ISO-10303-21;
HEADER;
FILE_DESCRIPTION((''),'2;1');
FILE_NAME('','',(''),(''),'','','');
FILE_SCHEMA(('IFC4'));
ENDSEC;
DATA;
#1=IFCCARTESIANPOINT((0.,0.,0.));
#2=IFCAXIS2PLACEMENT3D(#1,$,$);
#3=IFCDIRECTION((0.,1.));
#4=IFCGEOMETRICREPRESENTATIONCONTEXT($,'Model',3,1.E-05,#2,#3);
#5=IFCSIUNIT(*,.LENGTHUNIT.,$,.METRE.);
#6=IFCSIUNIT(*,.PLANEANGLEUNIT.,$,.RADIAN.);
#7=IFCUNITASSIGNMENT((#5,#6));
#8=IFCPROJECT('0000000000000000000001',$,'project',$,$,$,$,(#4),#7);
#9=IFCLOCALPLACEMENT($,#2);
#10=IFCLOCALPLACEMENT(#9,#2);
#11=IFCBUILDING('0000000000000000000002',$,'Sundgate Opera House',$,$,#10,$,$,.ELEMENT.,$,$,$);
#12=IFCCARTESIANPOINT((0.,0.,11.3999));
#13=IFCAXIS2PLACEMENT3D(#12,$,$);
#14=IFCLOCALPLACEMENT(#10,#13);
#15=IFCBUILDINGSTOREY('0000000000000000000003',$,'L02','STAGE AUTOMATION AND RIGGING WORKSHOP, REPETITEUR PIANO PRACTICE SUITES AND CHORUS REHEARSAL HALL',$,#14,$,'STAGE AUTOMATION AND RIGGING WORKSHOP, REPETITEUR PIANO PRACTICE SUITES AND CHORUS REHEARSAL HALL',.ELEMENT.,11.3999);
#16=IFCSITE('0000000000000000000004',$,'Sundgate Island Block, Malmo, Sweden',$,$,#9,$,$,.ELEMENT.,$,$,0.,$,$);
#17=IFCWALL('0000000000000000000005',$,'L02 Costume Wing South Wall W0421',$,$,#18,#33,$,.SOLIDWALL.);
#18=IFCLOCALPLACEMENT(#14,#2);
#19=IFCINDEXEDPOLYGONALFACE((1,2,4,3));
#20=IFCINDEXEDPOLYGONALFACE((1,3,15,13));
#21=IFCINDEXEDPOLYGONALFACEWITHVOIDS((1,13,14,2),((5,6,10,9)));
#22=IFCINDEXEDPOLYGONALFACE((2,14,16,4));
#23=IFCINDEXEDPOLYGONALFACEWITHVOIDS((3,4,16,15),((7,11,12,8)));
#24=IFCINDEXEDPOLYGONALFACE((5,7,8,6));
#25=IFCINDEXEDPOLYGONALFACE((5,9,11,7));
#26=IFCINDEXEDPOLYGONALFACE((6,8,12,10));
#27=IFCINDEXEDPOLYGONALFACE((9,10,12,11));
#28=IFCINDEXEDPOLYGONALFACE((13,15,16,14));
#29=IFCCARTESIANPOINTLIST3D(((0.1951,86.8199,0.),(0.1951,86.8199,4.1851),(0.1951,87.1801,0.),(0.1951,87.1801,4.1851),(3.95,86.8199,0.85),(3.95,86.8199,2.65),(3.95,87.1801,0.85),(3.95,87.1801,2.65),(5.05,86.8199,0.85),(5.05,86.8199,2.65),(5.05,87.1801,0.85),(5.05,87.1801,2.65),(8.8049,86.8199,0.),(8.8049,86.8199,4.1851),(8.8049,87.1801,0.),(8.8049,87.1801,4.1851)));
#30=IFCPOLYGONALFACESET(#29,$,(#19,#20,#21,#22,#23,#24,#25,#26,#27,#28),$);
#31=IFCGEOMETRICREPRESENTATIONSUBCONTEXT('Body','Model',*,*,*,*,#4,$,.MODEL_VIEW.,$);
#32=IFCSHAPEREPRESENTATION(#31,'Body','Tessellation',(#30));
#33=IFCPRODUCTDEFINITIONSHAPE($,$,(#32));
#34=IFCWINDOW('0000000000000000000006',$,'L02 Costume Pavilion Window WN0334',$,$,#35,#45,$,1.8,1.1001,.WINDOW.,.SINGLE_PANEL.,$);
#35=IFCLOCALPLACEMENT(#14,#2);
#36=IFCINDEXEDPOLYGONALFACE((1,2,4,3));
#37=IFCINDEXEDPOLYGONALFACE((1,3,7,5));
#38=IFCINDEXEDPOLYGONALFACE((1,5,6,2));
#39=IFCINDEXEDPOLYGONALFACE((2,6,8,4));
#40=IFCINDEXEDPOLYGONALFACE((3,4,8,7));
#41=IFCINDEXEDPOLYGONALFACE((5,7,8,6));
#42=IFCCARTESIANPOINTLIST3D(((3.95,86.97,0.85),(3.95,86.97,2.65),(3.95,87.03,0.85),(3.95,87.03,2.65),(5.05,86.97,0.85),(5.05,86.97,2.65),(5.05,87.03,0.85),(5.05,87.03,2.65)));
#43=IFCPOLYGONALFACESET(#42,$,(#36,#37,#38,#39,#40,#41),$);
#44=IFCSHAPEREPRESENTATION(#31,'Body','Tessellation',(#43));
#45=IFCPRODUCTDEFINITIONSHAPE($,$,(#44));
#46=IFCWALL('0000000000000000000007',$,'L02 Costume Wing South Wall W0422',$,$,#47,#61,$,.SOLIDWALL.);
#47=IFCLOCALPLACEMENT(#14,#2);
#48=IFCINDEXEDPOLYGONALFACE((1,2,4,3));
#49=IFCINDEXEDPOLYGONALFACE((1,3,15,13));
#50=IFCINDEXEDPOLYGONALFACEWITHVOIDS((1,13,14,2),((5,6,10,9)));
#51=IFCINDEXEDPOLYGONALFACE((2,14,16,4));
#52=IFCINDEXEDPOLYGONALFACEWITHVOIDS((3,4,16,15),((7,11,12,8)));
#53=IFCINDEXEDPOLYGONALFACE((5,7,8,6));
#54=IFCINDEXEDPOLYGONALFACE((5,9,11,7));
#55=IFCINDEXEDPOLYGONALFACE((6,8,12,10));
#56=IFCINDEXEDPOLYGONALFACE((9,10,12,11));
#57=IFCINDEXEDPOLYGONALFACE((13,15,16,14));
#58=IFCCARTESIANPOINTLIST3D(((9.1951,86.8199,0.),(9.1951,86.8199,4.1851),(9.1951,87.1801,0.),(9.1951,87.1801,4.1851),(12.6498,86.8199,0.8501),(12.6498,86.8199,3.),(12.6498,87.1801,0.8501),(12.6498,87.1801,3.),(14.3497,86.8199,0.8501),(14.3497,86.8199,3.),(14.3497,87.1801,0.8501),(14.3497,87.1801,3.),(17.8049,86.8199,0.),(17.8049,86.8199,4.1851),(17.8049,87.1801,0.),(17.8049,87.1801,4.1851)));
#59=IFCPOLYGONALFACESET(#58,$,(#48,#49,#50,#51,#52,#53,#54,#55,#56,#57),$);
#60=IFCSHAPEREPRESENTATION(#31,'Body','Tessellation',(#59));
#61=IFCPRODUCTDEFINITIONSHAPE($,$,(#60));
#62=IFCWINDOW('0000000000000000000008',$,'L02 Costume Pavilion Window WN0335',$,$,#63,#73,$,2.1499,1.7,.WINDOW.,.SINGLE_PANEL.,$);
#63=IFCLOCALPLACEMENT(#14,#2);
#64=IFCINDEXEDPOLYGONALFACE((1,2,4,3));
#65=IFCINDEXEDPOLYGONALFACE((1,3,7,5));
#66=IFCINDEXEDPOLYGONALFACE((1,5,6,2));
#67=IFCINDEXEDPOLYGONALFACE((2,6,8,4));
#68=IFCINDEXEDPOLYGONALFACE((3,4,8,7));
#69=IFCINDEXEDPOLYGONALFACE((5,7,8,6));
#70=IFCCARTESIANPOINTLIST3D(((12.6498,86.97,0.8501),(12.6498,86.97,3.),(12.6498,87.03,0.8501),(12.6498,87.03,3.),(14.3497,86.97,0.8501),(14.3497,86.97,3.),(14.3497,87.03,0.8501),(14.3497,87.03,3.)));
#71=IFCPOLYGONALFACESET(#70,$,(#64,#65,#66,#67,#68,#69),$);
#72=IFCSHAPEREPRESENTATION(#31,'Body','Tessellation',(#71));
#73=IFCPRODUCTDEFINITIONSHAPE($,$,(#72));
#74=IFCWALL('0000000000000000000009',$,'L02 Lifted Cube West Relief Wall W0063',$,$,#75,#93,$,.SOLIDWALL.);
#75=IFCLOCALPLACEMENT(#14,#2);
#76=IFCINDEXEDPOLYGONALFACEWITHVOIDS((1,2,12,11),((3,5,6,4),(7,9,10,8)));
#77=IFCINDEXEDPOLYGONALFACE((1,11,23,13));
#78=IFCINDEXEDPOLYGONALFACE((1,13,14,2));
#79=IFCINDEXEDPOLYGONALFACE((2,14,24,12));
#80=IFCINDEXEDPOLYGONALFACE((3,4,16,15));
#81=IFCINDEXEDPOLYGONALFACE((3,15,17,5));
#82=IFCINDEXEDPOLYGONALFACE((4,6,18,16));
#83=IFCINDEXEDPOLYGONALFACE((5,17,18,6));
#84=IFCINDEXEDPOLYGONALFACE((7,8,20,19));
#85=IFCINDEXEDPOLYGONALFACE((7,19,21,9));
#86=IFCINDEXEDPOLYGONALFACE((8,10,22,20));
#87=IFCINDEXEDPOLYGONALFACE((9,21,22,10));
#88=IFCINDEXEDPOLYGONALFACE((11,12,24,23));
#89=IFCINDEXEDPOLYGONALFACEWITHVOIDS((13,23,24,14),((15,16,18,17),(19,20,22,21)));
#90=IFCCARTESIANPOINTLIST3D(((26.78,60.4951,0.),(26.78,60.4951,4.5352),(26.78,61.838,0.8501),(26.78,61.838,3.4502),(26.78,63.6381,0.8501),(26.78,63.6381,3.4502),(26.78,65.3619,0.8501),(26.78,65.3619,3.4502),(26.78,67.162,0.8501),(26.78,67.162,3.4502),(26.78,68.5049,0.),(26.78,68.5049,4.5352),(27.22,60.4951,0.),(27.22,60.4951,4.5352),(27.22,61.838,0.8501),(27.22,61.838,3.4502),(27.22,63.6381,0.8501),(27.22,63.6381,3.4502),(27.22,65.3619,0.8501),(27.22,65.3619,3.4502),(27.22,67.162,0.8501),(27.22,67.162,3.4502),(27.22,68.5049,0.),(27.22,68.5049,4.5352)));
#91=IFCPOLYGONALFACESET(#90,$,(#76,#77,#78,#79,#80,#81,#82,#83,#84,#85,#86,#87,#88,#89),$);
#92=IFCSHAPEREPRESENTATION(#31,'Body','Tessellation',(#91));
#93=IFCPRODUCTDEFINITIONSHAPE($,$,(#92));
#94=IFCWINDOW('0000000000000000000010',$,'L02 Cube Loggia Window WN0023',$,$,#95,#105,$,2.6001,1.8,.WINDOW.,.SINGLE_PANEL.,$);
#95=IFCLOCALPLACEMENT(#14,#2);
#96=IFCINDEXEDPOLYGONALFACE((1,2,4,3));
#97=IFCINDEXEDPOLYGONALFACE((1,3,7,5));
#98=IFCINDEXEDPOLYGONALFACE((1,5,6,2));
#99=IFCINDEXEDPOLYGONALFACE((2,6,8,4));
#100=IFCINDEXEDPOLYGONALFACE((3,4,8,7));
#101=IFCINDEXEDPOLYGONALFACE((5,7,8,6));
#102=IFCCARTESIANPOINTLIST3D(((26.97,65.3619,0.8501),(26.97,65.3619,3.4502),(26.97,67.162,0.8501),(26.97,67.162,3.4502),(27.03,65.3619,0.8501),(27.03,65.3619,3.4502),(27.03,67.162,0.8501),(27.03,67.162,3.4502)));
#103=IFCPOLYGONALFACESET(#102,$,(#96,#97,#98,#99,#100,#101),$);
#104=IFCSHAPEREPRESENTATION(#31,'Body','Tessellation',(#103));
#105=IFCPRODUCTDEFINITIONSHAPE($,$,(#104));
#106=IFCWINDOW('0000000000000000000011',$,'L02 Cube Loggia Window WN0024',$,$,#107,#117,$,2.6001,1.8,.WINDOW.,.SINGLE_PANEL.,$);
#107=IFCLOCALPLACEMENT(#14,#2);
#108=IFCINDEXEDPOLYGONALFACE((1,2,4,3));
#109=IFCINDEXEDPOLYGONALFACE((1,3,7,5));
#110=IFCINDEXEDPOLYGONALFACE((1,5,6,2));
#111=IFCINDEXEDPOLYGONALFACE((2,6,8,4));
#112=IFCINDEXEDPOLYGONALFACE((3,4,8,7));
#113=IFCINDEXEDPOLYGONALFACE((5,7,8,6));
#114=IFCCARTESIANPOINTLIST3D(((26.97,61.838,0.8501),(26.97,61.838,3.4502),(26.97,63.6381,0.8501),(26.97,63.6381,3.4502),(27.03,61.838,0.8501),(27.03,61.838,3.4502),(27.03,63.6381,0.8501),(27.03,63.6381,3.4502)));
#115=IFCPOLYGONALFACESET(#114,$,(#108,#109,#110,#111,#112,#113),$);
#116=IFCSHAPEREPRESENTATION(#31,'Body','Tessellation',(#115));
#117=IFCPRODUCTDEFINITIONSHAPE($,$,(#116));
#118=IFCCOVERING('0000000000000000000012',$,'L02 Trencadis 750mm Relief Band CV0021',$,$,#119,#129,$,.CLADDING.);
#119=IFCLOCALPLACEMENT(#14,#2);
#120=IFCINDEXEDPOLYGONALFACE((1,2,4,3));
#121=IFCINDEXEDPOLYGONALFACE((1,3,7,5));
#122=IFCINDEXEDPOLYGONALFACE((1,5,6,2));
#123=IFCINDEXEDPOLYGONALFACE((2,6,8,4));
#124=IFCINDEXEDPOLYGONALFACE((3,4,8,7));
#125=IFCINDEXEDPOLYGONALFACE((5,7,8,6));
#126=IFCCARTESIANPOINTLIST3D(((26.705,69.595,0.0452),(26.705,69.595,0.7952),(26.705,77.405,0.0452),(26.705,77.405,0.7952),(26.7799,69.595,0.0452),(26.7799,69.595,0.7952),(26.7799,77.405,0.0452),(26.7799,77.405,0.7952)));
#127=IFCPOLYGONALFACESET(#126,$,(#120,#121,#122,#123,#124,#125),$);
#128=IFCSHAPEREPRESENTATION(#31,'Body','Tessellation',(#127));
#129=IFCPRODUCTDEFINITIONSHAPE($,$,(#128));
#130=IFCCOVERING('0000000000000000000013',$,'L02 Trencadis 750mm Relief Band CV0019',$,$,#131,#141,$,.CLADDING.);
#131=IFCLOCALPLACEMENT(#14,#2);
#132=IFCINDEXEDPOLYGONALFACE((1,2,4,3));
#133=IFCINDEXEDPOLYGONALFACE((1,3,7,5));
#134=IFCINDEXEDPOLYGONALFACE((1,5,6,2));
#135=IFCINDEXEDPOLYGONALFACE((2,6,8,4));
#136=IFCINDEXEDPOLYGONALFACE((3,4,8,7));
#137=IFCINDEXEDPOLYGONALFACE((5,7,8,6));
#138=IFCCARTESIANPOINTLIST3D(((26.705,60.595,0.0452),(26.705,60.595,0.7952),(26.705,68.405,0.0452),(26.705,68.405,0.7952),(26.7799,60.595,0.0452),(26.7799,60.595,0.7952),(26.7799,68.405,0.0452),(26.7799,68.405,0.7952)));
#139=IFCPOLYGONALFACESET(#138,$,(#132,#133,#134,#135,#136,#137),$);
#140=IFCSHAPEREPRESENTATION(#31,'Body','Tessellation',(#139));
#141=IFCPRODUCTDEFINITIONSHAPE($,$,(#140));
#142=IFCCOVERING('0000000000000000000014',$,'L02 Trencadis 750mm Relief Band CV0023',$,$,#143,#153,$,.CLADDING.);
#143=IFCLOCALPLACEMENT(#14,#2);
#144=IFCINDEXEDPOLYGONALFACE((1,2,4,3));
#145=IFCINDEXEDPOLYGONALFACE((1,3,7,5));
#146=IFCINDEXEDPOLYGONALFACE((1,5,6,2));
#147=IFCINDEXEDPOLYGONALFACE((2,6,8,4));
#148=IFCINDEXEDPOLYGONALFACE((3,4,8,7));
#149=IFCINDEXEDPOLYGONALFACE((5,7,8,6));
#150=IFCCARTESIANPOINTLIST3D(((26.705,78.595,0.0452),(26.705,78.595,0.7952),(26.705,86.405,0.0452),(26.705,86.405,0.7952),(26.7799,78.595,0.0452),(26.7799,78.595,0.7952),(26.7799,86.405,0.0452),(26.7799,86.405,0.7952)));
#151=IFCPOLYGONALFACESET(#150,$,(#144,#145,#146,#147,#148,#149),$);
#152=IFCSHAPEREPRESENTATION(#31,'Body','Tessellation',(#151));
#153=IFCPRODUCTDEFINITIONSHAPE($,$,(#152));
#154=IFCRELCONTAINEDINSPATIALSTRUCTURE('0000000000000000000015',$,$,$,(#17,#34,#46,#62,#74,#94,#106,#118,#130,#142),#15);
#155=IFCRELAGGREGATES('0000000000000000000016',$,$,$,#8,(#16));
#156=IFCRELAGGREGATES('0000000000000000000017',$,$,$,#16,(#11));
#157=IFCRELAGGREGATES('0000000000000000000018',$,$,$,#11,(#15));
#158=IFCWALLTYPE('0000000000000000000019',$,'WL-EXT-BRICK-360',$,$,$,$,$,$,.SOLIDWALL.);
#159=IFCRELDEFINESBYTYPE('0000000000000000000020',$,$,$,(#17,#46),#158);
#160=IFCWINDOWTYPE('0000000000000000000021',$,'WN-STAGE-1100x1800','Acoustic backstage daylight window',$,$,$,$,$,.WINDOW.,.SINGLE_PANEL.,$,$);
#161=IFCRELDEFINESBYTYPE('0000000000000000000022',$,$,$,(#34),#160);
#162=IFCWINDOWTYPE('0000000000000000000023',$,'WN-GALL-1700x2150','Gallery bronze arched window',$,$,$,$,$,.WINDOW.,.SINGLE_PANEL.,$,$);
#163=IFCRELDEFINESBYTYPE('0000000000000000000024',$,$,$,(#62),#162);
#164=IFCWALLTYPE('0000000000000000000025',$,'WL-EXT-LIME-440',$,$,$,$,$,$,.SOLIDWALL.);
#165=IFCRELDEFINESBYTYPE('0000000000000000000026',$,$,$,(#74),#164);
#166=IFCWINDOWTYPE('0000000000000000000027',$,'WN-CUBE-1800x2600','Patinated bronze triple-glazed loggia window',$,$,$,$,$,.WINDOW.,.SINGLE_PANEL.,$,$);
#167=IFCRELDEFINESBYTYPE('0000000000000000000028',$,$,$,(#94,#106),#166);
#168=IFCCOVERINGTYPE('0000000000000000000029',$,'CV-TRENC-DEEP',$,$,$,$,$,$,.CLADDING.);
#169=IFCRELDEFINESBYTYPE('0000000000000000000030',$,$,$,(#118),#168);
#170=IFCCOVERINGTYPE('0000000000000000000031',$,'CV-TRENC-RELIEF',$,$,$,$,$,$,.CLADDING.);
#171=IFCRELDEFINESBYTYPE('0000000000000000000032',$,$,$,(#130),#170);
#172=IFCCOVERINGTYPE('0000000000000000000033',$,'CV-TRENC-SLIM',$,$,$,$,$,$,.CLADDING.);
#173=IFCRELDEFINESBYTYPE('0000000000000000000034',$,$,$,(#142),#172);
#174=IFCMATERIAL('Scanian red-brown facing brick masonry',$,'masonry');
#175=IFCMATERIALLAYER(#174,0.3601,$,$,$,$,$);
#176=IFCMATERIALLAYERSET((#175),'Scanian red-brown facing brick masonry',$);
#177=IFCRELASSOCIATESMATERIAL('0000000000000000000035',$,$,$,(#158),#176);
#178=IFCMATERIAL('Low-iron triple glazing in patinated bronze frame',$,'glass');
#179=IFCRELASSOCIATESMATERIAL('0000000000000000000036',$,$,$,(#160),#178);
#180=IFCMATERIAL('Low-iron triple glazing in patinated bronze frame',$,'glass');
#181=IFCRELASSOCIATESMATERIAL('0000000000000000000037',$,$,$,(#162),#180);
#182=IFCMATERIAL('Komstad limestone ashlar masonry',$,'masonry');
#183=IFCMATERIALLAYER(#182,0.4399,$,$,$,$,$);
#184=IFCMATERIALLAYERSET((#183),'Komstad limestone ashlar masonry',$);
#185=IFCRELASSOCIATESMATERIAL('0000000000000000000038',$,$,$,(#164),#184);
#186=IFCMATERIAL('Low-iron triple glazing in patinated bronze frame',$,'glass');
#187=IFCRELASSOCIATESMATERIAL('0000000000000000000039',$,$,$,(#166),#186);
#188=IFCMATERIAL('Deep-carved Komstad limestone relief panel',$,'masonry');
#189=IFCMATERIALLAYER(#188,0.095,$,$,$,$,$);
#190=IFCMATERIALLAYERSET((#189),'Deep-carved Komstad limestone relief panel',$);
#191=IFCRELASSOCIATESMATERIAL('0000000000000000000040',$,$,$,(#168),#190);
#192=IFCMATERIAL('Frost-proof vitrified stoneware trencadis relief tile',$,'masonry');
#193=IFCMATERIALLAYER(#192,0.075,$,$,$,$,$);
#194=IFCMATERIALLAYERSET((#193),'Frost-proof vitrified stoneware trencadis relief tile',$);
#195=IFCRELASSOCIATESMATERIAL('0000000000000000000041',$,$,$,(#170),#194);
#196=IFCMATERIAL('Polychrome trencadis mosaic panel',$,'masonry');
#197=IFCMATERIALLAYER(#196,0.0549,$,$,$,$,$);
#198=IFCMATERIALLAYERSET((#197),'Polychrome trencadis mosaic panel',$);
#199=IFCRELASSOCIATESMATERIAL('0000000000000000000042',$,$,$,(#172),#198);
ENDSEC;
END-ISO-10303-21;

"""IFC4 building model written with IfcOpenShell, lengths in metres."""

from ifc_helpers import new_model, si_unit, direction, frame, frame_2d, origin, origin_2d, place, context, subcontext, project, spatial, rectangle, extrude, material, layer, layer_set, type_object, element, fill, save


model = new_model("IFC4")

# Units and contexts
model_context = context("Model", 3, precision=1e-05, world=origin(), true_north=direction((0.0, 1.0)))
body_context = subcontext(model_context, "Body", "Model", "MODEL_VIEW")
ifc_project = project(units=[si_unit("LENGTHUNIT", "METRE"), si_unit("PLANEANGLEUNIT", "RADIAN")], contexts=[model_context])

# Site, building, storey
site_placement = place(None, origin())
site = spatial("IfcSite", under=ifc_project, at=site_placement, Name="Sundgate Island Block, Malmo, Sweden", CompositionType="ELEMENT", RefElevation=0.0)
building_placement = place(site_placement, origin())
building = spatial("IfcBuilding", under=site, at=building_placement, Name="Sundgate Opera House", CompositionType="ELEMENT")
storey_placement = place(building_placement, frame((0.0, 0.0, 11.3999)))
storey = spatial("IfcBuildingStorey", under=building, at=storey_placement, Name="L02", Description="STAGE AUTOMATION AND RIGGING WORKSHOP, REPETITEUR PIANO PRACTICE SUITES AND CHORUS REHEARSAL HALL", LongName="STAGE AUTOMATION AND RIGGING WORKSHOP, REPETITEUR PIANO PRACTICE SUITES AND CHORUS REHEARSAL HALL", CompositionType="ELEMENT", Elevation=11.3999)

# Walls, openings, windows
ifc_material_1 = material(Name="Scanian red-brown facing brick masonry", Category="masonry")
ifc_layer_1 = layer(ifc_material_1, 0.3601)
ifc_layer_set_1 = layer_set([ifc_layer_1], Name="Scanian red-brown facing brick masonry")
wall_type_1 = type_object("IfcWallType", Name="WL-EXT-BRICK-360", PredefinedType="SOLIDWALL", material=ifc_layer_set_1)
wall_1_placement = place(storey_placement, frame((8.8049, 87.0, 0.0), z_axis=(0.0, 0.0, 1.0), x_axis=(-1.0, 0.0, 0.0)))
wall_1 = element("IfcWall", 1, at=wall_1_placement, inside=storey, type_object=wall_type_1, Name="L02 Costume Wing South Wall W0421", PredefinedType="SOLIDWALL", context=body_context, shape_type="SweptSolid", body=[
    extrude(rectangle(XDim=8.6099, YDim=0.3601, at=frame_2d((4.3049, 0.0))), origin(), (0.0, 0.0, 1.0), 4.1851),
])
opening_1_placement = place(wall_1_placement, frame((3.7549, 0.0, 0.8501)))
opening_1 = element("IfcOpeningElement", 2, at=opening_1_placement, cuts=wall_1, PredefinedType="OPENING", context=body_context, shape_type="SweptSolid", body=[
    extrude(rectangle(XDim=1.1001, YDim=1.8, at=frame_2d((0.55, 0.8999))), frame((0.0, 0.1899, 0.0), z_axis=(0.0, -1.0, 0.0), x_axis=(1.0, 0.0, 0.0)), (0.0, 0.0, 1.0), 0.3801),
])
ifc_material_2 = material(Name="Low-iron triple glazing in patinated bronze frame", Category="glass")
window_type_1 = type_object("IfcWindowType", Name="WN-STAGE-1100x1800", Description="Acoustic backstage daylight window", PartitioningType="SINGLE_PANEL", PredefinedType="WINDOW", material=ifc_material_2)
window_1_placement = place(opening_1_placement, origin())
window_1 = element("IfcWindow", 3, at=window_1_placement, inside=storey, type_object=window_type_1, Name="L02 Costume Pavilion Window WN0334", OverallHeight=1.8, OverallWidth=1.1001, PartitioningType="SINGLE_PANEL", PredefinedType="WINDOW", context=body_context, shape_type="SweptSolid", body=[
    extrude(rectangle(XDim=1.1001, YDim=1.8, at=frame_2d((0.55, 0.8999))), frame((0.0, 0.03, 0.0), z_axis=(0.0, -1.0, 0.0), x_axis=(1.0, 0.0, 0.0)), (0.0, 0.0, 1.0), 0.0601),
])
fill(opening_1, window_1)
wall_2_placement = place(storey_placement, frame((17.8049, 87.0, 0.0), z_axis=(0.0, 0.0, 1.0), x_axis=(-1.0, 0.0, 0.0)))
wall_2 = element("IfcWall", 4, at=wall_2_placement, inside=storey, type_object=wall_type_1, Name="L02 Costume Wing South Wall W0422", PredefinedType="SOLIDWALL", context=body_context, shape_type="SweptSolid", body=[
    extrude(rectangle(XDim=8.6099, YDim=0.3601, at=frame_2d((4.3049, 0.0))), origin(), (0.0, 0.0, 1.0), 4.1851),
])
opening_2_placement = place(wall_2_placement, frame((3.4551, 0.0, 0.8501)))
opening_2 = element("IfcOpeningElement", 5, at=opening_2_placement, cuts=wall_2, PredefinedType="OPENING", context=body_context, shape_type="SweptSolid", body=[
    extrude(rectangle(XDim=1.7, YDim=2.1499, at=frame_2d((0.8501, 1.075))), frame((0.0, 0.1899, 0.0), z_axis=(0.0, -1.0, 0.0), x_axis=(1.0, 0.0, 0.0)), (0.0, 0.0, 1.0), 0.3801),
])
ifc_material_3 = material(Name="Low-iron triple glazing in patinated bronze frame", Category="glass")
window_type_2 = type_object("IfcWindowType", Name="WN-GALL-1700x2150", Description="Gallery bronze arched window", PartitioningType="SINGLE_PANEL", PredefinedType="WINDOW", material=ifc_material_3)
window_2_placement = place(opening_2_placement, origin())
window_2 = element("IfcWindow", 6, at=window_2_placement, inside=storey, type_object=window_type_2, Name="L02 Costume Pavilion Window WN0335", OverallHeight=2.1499, OverallWidth=1.7, PartitioningType="SINGLE_PANEL", PredefinedType="WINDOW", context=body_context, shape_type="SweptSolid", body=[
    extrude(rectangle(XDim=1.7, YDim=2.1499, at=frame_2d((0.8501, 1.075))), frame((0.0, 0.03, 0.0), z_axis=(0.0, -1.0, 0.0), x_axis=(1.0, 0.0, 0.0)), (0.0, 0.0, 1.0), 0.0601),
])
fill(opening_2, window_2)

# Wall, openings, windows
ifc_material_4 = material(Name="Komstad limestone ashlar masonry", Category="masonry")
ifc_layer_2 = layer(ifc_material_4, 0.4399)
ifc_layer_set_2 = layer_set([ifc_layer_2], Name="Komstad limestone ashlar masonry")
wall_type_2 = type_object("IfcWallType", Name="WL-EXT-LIME-440", PredefinedType="SOLIDWALL", material=ifc_layer_set_2)
wall_3_placement = place(storey_placement, frame((27.0, 68.5049, 0.0), z_axis=(0.0, 0.0, 1.0), x_axis=(0.0, -1.0, 0.0)))
wall_3 = element("IfcWall", 7, at=wall_3_placement, inside=storey, type_object=wall_type_2, Name="L02 Lifted Cube West Relief Wall W0063", PredefinedType="SOLIDWALL", context=body_context, shape_type="SweptSolid", body=[
    extrude(rectangle(XDim=8.0098, YDim=0.4399, at=frame_2d((4.0049, 0.0))), origin(), (0.0, 0.0, 1.0), 4.5352),
])
opening_3_placement = place(wall_3_placement, frame((1.343, 0.0, 0.8501)))
opening_3 = element("IfcOpeningElement", 8, at=opening_3_placement, cuts=wall_3, PredefinedType="OPENING", context=body_context, shape_type="SweptSolid", body=[
    extrude(rectangle(XDim=1.8, YDim=2.6001, at=frame_2d((0.8999, 1.3))), frame((0.0, 0.23, 0.0), z_axis=(0.0, -1.0, 0.0), x_axis=(1.0, 0.0, 0.0)), (0.0, 0.0, 1.0), 0.46),
])
opening_4_placement = place(wall_3_placement, frame((4.8669, 0.0, 0.8501)))
opening_4 = element("IfcOpeningElement", 9, at=opening_4_placement, cuts=wall_3, PredefinedType="OPENING", context=body_context, shape_type="SweptSolid", body=[
    extrude(rectangle(XDim=1.8, YDim=2.6001, at=frame_2d((0.8999, 1.3))), frame((0.0, 0.23, 0.0), z_axis=(0.0, -1.0, 0.0), x_axis=(1.0, 0.0, 0.0)), (0.0, 0.0, 1.0), 0.46),
])
ifc_material_5 = material(Name="Low-iron triple glazing in patinated bronze frame", Category="glass")
window_type_3 = type_object("IfcWindowType", Name="WN-CUBE-1800x2600", Description="Patinated bronze triple-glazed loggia window", PartitioningType="SINGLE_PANEL", PredefinedType="WINDOW", material=ifc_material_5)
window_3_placement = place(opening_3_placement, origin())
window_3 = element("IfcWindow", 10, at=window_3_placement, inside=storey, type_object=window_type_3, Name="L02 Cube Loggia Window WN0023", OverallHeight=2.6001, OverallWidth=1.8, PartitioningType="SINGLE_PANEL", PredefinedType="WINDOW", context=body_context, shape_type="SweptSolid", body=[
    extrude(rectangle(XDim=1.8, YDim=2.6001, at=frame_2d((0.8999, 1.3))), frame((0.0, 0.03, 0.0), z_axis=(0.0, -1.0, 0.0), x_axis=(1.0, 0.0, 0.0)), (0.0, 0.0, 1.0), 0.0601),
])
fill(opening_3, window_3)
window_4_placement = place(opening_4_placement, origin())
window_4 = element("IfcWindow", 11, at=window_4_placement, inside=storey, type_object=window_type_3, Name="L02 Cube Loggia Window WN0024", OverallHeight=2.6001, OverallWidth=1.8, PartitioningType="SINGLE_PANEL", PredefinedType="WINDOW", context=body_context, shape_type="SweptSolid", body=[
    extrude(rectangle(XDim=1.8, YDim=2.6001, at=frame_2d((0.8999, 1.3))), frame((0.0, 0.03, 0.0), z_axis=(0.0, -1.0, 0.0), x_axis=(1.0, 0.0, 0.0)), (0.0, 0.0, 1.0), 0.0601),
])
fill(opening_4, window_4)

# Coverings
ifc_material_6 = material(Name="Deep-carved Komstad limestone relief panel", Category="masonry")
ifc_layer_3 = layer(ifc_material_6, 0.095)
ifc_layer_set_3 = layer_set([ifc_layer_3], Name="Deep-carved Komstad limestone relief panel")
covering_type_1 = type_object("IfcCoveringType", Name="CV-TRENC-DEEP", PredefinedType="CLADDING", material=ifc_layer_set_3)
covering_1_placement = place(storey_placement, frame((26.7424, 73.5, 0.0452), z_axis=(0.0, 0.0, 1.0), x_axis=(0.0, 1.0, 0.0)))
element("IfcCovering", 12, at=covering_1_placement, inside=storey, type_object=covering_type_1, Name="L02 Trencadis 750mm Relief Band CV0021", PredefinedType="CLADDING", context=body_context, shape_type="SweptSolid", body=[
    extrude(rectangle(XDim=7.8101, YDim=0.075, at=origin_2d()), origin(), (0.0, 0.0, 1.0), 0.75),
])
ifc_material_7 = material(Name="Frost-proof vitrified stoneware trencadis relief tile", Category="masonry")
ifc_layer_4 = layer(ifc_material_7, 0.075)
ifc_layer_set_4 = layer_set([ifc_layer_4], Name="Frost-proof vitrified stoneware trencadis relief tile")
covering_type_2 = type_object("IfcCoveringType", Name="CV-TRENC-RELIEF", PredefinedType="CLADDING", material=ifc_layer_set_4)
covering_2_placement = place(storey_placement, frame((26.7424, 64.5, 0.0452), z_axis=(0.0, 0.0, 1.0), x_axis=(0.0, 1.0, 0.0)))
element("IfcCovering", 13, at=covering_2_placement, inside=storey, type_object=covering_type_2, Name="L02 Trencadis 750mm Relief Band CV0019", PredefinedType="CLADDING", context=body_context, shape_type="SweptSolid", body=[
    extrude(rectangle(XDim=7.8101, YDim=0.075, at=origin_2d()), origin(), (0.0, 0.0, 1.0), 0.75),
])
ifc_material_8 = material(Name="Polychrome trencadis mosaic panel", Category="masonry")
ifc_layer_5 = layer(ifc_material_8, 0.0549)
ifc_layer_set_5 = layer_set([ifc_layer_5], Name="Polychrome trencadis mosaic panel")
covering_type_3 = type_object("IfcCoveringType", Name="CV-TRENC-SLIM", PredefinedType="CLADDING", material=ifc_layer_set_5)
covering_3_placement = place(storey_placement, frame((26.7424, 82.5, 0.0452), z_axis=(0.0, 0.0, 1.0), x_axis=(0.0, 1.0, 0.0)))
element("IfcCovering", 14, at=covering_3_placement, inside=storey, type_object=covering_type_3, Name="L02 Trencadis 750mm Relief Band CV0023", PredefinedType="CLADDING", context=body_context, shape_type="SweptSolid", body=[
    extrude(rectangle(XDim=7.8101, YDim=0.075, at=origin_2d()), origin(), (0.0, 0.0, 1.0), 0.75),
])

save(model, "model.ifc")
